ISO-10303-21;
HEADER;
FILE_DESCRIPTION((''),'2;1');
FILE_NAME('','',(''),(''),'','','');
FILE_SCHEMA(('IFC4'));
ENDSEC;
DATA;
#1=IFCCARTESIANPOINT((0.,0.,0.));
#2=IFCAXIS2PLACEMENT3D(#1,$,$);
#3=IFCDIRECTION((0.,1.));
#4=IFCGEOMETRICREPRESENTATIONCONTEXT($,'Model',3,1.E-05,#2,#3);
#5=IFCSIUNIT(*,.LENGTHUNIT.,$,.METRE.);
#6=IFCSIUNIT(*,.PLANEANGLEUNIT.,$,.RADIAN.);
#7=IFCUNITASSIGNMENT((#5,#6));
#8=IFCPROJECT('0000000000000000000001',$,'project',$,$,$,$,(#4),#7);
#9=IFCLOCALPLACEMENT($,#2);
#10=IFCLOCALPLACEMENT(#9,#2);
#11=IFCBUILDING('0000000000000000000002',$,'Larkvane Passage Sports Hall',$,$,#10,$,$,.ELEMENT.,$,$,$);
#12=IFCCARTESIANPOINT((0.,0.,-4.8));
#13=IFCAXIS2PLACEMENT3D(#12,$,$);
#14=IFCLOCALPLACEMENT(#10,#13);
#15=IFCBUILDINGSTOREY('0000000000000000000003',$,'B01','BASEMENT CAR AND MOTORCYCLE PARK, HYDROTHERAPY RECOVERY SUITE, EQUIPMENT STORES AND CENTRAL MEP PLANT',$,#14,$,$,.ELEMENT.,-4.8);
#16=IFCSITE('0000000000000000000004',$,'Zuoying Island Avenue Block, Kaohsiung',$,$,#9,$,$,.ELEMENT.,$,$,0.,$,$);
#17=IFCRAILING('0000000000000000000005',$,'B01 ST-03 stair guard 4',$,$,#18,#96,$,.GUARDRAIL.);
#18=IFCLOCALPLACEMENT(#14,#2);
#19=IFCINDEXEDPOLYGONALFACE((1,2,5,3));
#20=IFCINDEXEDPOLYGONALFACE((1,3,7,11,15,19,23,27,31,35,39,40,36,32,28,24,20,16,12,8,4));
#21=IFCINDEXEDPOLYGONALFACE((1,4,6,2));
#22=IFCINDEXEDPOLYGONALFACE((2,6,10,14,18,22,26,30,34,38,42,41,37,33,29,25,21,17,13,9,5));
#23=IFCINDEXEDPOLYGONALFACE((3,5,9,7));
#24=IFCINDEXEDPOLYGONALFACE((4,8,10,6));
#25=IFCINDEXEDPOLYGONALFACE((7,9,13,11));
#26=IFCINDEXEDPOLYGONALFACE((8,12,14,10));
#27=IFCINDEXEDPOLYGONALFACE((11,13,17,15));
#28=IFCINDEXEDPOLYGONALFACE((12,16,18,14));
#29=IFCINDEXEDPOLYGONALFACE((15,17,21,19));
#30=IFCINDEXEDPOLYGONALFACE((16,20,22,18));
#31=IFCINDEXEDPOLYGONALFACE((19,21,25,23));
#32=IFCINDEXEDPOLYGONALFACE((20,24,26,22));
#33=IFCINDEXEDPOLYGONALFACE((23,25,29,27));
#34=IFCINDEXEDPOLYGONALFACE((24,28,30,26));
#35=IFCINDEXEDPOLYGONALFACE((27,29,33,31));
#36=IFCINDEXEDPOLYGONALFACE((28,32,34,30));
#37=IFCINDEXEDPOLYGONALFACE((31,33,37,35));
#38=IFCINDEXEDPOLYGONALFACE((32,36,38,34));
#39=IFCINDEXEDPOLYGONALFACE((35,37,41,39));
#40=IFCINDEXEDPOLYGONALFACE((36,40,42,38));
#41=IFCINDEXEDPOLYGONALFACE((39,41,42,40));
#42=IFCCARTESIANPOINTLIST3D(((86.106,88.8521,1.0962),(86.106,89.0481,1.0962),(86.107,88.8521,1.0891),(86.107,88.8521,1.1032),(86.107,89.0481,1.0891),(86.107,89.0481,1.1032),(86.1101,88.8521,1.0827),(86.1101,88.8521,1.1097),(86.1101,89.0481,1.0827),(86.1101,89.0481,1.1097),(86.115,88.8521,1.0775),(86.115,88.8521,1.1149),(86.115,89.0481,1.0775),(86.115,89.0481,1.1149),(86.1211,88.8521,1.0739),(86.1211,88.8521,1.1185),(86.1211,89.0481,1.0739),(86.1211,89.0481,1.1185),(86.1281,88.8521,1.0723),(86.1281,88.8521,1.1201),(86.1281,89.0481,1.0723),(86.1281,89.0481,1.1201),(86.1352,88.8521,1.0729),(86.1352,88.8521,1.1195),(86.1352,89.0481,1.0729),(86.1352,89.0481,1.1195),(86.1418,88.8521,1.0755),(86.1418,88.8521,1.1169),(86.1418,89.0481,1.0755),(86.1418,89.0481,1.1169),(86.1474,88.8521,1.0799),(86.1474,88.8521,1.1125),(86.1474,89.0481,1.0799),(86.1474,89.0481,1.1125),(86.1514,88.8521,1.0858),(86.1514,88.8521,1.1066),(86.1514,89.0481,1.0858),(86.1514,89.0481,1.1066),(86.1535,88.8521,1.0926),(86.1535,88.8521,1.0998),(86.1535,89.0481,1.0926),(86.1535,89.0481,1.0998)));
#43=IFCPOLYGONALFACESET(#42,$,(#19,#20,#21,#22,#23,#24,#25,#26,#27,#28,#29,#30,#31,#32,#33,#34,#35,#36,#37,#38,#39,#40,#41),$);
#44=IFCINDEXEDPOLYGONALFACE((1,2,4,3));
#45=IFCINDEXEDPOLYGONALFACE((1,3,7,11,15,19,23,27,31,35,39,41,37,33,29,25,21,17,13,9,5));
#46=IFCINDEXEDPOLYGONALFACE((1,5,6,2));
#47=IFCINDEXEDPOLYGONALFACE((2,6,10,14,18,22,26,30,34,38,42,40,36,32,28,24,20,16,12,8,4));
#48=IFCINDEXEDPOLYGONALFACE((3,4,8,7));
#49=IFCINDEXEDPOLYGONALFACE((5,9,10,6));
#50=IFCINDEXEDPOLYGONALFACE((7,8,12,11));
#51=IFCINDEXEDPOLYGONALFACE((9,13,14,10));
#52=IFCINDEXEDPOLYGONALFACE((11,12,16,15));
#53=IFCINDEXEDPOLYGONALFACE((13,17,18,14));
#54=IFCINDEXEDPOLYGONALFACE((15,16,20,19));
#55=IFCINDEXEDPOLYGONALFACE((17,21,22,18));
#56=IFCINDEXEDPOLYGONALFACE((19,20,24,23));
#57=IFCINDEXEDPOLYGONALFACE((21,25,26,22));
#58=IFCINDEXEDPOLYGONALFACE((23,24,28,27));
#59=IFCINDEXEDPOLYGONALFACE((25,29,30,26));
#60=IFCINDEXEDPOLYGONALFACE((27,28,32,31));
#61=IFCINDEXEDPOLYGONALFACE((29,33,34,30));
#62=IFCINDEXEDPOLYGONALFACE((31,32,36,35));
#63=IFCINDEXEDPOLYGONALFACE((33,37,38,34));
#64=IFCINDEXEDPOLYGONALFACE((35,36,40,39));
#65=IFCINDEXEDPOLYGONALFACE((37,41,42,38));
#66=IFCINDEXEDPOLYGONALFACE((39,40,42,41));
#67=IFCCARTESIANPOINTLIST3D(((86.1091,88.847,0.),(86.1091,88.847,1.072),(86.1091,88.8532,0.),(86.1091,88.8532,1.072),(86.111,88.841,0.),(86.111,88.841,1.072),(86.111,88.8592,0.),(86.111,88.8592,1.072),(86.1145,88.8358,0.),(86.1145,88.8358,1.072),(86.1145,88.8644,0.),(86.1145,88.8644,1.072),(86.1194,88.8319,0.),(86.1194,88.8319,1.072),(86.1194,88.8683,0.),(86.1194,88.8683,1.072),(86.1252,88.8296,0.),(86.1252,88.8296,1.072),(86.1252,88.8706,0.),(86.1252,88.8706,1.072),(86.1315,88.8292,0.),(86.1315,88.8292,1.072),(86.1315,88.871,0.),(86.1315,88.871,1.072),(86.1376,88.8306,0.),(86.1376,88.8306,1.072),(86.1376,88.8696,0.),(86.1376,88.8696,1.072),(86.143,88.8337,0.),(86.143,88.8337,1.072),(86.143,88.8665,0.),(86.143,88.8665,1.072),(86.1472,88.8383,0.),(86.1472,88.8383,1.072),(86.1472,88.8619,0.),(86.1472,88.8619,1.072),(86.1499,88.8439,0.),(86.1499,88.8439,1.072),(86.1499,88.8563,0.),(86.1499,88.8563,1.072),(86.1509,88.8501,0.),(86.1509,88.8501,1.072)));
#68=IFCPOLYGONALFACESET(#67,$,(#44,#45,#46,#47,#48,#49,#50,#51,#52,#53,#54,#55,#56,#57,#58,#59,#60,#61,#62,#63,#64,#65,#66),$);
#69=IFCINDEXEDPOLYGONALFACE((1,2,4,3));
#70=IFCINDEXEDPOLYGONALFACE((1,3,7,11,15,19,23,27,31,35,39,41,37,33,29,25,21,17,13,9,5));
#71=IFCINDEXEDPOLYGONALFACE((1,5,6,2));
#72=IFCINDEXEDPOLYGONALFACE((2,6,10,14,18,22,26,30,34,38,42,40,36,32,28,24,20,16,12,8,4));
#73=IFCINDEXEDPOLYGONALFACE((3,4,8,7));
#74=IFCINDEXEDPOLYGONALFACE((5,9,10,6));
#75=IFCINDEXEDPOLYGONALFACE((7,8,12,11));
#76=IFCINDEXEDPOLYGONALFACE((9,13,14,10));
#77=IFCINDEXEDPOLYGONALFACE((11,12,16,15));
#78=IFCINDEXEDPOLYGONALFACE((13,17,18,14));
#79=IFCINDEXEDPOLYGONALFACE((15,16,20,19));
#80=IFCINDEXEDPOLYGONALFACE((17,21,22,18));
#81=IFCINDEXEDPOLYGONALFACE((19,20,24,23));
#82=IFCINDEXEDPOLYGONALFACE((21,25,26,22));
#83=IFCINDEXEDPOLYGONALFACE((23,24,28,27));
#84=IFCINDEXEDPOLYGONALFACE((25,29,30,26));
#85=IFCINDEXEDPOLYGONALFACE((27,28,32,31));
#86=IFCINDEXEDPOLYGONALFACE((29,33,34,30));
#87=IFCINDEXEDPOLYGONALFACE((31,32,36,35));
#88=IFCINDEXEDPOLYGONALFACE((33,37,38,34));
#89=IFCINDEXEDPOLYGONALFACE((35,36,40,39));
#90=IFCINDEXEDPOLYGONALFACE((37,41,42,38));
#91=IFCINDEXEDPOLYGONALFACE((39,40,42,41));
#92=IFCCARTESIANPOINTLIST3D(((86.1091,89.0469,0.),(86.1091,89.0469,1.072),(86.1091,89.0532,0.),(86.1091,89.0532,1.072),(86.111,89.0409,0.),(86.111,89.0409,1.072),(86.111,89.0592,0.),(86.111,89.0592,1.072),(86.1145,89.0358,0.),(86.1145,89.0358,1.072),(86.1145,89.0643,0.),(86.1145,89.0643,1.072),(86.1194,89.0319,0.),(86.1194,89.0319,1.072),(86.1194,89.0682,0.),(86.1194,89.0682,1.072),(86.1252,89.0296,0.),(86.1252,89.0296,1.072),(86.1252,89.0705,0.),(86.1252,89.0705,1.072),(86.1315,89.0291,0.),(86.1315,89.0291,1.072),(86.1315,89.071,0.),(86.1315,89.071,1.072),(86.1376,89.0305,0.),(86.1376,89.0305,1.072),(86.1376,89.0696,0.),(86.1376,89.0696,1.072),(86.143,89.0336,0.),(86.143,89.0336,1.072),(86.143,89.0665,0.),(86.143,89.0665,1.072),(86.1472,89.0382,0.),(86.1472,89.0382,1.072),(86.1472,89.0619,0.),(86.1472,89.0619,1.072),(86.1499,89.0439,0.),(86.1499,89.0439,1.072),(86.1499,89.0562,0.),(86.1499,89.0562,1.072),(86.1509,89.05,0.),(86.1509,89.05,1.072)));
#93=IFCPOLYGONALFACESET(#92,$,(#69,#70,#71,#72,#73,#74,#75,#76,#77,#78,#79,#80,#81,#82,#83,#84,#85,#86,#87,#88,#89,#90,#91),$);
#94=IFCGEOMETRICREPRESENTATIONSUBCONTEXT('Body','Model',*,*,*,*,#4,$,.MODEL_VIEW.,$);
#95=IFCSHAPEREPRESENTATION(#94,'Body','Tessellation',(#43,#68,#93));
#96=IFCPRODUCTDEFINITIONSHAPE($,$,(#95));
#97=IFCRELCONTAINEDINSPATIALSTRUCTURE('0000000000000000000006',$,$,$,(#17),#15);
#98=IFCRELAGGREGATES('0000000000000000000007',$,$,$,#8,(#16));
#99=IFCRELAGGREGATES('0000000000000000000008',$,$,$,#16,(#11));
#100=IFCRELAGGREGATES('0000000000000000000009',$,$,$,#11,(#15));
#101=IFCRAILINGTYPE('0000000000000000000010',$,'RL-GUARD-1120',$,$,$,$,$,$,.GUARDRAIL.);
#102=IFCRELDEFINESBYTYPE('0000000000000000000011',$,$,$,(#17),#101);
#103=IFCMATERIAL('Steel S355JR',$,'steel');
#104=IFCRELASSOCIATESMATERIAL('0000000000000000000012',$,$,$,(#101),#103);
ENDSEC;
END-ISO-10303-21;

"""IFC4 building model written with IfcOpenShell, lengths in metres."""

from ifc_helpers import new_model, si_unit, direction, frame, origin, origin_2d, place, context, subcontext, project, spatial, circle, extrude, material, type_object, element, save


model = new_model("IFC4")

# Units and contexts
model_context = context("Model", 3, precision=1e-05, world=origin(), true_north=direction((0.0, 1.0)))
body_context = subcontext(model_context, "Body", "Model", "MODEL_VIEW")
ifc_project = project(units=[si_unit("LENGTHUNIT", "METRE"), si_unit("PLANEANGLEUNIT", "RADIAN")], contexts=[model_context])

# Site, building, storey
site_placement = place(None, origin())
site = spatial("IfcSite", under=ifc_project, at=site_placement, Name="Zuoying Island Avenue Block, Kaohsiung", CompositionType="ELEMENT", RefElevation=0.0)
building_placement = place(site_placement, origin())
building = spatial("IfcBuilding", under=site, at=building_placement, Name="Larkvane Passage Sports Hall", CompositionType="ELEMENT")
storey_placement = place(building_placement, frame((0.0, 0.0, -4.8)))
storey = spatial("IfcBuildingStorey", under=building, at=storey_placement, Name="B01", Description="BASEMENT CAR AND MOTORCYCLE PARK, HYDROTHERAPY RECOVERY SUITE, EQUIPMENT STORES AND CENTRAL MEP PLANT", CompositionType="ELEMENT", Elevation=-4.8)

# Railing
ifc_material_1 = material(Name="Steel S355JR", Category="steel")
railing_type_1 = type_object("IfcRailingType", Name="RL-GUARD-1120", PredefinedType="GUARDRAIL", material=ifc_material_1)
railing_1_placement = place(storey_placement, frame((86.1299, 88.8501, 0.0)))
element("IfcRailing", 1, at=railing_1_placement, inside=storey, type_object=railing_type_1, Name="B01 ST-03 stair guard 4", PredefinedType="GUARDRAIL", context=body_context, shape_type="SweptSolid", body=[
    extrude(circle(Radius=0.0239, at=origin_2d()), frame((0.0, 0.002, 1.0962), z_axis=(0.0, 1.0, 0.0), x_axis=(-1.0, 0.0, 0.0)), (0.0, 0.0, 1.0), 0.196),
    extrude(circle(Radius=0.021, at=origin_2d()), origin(), (0.0, 0.0, 1.0), 1.072),
    extrude(circle(Radius=0.021, at=origin_2d()), frame((0.0, 0.2, 0.0)), (0.0, 0.0, 1.0), 1.072),
])

save(model, "model.ifc")
